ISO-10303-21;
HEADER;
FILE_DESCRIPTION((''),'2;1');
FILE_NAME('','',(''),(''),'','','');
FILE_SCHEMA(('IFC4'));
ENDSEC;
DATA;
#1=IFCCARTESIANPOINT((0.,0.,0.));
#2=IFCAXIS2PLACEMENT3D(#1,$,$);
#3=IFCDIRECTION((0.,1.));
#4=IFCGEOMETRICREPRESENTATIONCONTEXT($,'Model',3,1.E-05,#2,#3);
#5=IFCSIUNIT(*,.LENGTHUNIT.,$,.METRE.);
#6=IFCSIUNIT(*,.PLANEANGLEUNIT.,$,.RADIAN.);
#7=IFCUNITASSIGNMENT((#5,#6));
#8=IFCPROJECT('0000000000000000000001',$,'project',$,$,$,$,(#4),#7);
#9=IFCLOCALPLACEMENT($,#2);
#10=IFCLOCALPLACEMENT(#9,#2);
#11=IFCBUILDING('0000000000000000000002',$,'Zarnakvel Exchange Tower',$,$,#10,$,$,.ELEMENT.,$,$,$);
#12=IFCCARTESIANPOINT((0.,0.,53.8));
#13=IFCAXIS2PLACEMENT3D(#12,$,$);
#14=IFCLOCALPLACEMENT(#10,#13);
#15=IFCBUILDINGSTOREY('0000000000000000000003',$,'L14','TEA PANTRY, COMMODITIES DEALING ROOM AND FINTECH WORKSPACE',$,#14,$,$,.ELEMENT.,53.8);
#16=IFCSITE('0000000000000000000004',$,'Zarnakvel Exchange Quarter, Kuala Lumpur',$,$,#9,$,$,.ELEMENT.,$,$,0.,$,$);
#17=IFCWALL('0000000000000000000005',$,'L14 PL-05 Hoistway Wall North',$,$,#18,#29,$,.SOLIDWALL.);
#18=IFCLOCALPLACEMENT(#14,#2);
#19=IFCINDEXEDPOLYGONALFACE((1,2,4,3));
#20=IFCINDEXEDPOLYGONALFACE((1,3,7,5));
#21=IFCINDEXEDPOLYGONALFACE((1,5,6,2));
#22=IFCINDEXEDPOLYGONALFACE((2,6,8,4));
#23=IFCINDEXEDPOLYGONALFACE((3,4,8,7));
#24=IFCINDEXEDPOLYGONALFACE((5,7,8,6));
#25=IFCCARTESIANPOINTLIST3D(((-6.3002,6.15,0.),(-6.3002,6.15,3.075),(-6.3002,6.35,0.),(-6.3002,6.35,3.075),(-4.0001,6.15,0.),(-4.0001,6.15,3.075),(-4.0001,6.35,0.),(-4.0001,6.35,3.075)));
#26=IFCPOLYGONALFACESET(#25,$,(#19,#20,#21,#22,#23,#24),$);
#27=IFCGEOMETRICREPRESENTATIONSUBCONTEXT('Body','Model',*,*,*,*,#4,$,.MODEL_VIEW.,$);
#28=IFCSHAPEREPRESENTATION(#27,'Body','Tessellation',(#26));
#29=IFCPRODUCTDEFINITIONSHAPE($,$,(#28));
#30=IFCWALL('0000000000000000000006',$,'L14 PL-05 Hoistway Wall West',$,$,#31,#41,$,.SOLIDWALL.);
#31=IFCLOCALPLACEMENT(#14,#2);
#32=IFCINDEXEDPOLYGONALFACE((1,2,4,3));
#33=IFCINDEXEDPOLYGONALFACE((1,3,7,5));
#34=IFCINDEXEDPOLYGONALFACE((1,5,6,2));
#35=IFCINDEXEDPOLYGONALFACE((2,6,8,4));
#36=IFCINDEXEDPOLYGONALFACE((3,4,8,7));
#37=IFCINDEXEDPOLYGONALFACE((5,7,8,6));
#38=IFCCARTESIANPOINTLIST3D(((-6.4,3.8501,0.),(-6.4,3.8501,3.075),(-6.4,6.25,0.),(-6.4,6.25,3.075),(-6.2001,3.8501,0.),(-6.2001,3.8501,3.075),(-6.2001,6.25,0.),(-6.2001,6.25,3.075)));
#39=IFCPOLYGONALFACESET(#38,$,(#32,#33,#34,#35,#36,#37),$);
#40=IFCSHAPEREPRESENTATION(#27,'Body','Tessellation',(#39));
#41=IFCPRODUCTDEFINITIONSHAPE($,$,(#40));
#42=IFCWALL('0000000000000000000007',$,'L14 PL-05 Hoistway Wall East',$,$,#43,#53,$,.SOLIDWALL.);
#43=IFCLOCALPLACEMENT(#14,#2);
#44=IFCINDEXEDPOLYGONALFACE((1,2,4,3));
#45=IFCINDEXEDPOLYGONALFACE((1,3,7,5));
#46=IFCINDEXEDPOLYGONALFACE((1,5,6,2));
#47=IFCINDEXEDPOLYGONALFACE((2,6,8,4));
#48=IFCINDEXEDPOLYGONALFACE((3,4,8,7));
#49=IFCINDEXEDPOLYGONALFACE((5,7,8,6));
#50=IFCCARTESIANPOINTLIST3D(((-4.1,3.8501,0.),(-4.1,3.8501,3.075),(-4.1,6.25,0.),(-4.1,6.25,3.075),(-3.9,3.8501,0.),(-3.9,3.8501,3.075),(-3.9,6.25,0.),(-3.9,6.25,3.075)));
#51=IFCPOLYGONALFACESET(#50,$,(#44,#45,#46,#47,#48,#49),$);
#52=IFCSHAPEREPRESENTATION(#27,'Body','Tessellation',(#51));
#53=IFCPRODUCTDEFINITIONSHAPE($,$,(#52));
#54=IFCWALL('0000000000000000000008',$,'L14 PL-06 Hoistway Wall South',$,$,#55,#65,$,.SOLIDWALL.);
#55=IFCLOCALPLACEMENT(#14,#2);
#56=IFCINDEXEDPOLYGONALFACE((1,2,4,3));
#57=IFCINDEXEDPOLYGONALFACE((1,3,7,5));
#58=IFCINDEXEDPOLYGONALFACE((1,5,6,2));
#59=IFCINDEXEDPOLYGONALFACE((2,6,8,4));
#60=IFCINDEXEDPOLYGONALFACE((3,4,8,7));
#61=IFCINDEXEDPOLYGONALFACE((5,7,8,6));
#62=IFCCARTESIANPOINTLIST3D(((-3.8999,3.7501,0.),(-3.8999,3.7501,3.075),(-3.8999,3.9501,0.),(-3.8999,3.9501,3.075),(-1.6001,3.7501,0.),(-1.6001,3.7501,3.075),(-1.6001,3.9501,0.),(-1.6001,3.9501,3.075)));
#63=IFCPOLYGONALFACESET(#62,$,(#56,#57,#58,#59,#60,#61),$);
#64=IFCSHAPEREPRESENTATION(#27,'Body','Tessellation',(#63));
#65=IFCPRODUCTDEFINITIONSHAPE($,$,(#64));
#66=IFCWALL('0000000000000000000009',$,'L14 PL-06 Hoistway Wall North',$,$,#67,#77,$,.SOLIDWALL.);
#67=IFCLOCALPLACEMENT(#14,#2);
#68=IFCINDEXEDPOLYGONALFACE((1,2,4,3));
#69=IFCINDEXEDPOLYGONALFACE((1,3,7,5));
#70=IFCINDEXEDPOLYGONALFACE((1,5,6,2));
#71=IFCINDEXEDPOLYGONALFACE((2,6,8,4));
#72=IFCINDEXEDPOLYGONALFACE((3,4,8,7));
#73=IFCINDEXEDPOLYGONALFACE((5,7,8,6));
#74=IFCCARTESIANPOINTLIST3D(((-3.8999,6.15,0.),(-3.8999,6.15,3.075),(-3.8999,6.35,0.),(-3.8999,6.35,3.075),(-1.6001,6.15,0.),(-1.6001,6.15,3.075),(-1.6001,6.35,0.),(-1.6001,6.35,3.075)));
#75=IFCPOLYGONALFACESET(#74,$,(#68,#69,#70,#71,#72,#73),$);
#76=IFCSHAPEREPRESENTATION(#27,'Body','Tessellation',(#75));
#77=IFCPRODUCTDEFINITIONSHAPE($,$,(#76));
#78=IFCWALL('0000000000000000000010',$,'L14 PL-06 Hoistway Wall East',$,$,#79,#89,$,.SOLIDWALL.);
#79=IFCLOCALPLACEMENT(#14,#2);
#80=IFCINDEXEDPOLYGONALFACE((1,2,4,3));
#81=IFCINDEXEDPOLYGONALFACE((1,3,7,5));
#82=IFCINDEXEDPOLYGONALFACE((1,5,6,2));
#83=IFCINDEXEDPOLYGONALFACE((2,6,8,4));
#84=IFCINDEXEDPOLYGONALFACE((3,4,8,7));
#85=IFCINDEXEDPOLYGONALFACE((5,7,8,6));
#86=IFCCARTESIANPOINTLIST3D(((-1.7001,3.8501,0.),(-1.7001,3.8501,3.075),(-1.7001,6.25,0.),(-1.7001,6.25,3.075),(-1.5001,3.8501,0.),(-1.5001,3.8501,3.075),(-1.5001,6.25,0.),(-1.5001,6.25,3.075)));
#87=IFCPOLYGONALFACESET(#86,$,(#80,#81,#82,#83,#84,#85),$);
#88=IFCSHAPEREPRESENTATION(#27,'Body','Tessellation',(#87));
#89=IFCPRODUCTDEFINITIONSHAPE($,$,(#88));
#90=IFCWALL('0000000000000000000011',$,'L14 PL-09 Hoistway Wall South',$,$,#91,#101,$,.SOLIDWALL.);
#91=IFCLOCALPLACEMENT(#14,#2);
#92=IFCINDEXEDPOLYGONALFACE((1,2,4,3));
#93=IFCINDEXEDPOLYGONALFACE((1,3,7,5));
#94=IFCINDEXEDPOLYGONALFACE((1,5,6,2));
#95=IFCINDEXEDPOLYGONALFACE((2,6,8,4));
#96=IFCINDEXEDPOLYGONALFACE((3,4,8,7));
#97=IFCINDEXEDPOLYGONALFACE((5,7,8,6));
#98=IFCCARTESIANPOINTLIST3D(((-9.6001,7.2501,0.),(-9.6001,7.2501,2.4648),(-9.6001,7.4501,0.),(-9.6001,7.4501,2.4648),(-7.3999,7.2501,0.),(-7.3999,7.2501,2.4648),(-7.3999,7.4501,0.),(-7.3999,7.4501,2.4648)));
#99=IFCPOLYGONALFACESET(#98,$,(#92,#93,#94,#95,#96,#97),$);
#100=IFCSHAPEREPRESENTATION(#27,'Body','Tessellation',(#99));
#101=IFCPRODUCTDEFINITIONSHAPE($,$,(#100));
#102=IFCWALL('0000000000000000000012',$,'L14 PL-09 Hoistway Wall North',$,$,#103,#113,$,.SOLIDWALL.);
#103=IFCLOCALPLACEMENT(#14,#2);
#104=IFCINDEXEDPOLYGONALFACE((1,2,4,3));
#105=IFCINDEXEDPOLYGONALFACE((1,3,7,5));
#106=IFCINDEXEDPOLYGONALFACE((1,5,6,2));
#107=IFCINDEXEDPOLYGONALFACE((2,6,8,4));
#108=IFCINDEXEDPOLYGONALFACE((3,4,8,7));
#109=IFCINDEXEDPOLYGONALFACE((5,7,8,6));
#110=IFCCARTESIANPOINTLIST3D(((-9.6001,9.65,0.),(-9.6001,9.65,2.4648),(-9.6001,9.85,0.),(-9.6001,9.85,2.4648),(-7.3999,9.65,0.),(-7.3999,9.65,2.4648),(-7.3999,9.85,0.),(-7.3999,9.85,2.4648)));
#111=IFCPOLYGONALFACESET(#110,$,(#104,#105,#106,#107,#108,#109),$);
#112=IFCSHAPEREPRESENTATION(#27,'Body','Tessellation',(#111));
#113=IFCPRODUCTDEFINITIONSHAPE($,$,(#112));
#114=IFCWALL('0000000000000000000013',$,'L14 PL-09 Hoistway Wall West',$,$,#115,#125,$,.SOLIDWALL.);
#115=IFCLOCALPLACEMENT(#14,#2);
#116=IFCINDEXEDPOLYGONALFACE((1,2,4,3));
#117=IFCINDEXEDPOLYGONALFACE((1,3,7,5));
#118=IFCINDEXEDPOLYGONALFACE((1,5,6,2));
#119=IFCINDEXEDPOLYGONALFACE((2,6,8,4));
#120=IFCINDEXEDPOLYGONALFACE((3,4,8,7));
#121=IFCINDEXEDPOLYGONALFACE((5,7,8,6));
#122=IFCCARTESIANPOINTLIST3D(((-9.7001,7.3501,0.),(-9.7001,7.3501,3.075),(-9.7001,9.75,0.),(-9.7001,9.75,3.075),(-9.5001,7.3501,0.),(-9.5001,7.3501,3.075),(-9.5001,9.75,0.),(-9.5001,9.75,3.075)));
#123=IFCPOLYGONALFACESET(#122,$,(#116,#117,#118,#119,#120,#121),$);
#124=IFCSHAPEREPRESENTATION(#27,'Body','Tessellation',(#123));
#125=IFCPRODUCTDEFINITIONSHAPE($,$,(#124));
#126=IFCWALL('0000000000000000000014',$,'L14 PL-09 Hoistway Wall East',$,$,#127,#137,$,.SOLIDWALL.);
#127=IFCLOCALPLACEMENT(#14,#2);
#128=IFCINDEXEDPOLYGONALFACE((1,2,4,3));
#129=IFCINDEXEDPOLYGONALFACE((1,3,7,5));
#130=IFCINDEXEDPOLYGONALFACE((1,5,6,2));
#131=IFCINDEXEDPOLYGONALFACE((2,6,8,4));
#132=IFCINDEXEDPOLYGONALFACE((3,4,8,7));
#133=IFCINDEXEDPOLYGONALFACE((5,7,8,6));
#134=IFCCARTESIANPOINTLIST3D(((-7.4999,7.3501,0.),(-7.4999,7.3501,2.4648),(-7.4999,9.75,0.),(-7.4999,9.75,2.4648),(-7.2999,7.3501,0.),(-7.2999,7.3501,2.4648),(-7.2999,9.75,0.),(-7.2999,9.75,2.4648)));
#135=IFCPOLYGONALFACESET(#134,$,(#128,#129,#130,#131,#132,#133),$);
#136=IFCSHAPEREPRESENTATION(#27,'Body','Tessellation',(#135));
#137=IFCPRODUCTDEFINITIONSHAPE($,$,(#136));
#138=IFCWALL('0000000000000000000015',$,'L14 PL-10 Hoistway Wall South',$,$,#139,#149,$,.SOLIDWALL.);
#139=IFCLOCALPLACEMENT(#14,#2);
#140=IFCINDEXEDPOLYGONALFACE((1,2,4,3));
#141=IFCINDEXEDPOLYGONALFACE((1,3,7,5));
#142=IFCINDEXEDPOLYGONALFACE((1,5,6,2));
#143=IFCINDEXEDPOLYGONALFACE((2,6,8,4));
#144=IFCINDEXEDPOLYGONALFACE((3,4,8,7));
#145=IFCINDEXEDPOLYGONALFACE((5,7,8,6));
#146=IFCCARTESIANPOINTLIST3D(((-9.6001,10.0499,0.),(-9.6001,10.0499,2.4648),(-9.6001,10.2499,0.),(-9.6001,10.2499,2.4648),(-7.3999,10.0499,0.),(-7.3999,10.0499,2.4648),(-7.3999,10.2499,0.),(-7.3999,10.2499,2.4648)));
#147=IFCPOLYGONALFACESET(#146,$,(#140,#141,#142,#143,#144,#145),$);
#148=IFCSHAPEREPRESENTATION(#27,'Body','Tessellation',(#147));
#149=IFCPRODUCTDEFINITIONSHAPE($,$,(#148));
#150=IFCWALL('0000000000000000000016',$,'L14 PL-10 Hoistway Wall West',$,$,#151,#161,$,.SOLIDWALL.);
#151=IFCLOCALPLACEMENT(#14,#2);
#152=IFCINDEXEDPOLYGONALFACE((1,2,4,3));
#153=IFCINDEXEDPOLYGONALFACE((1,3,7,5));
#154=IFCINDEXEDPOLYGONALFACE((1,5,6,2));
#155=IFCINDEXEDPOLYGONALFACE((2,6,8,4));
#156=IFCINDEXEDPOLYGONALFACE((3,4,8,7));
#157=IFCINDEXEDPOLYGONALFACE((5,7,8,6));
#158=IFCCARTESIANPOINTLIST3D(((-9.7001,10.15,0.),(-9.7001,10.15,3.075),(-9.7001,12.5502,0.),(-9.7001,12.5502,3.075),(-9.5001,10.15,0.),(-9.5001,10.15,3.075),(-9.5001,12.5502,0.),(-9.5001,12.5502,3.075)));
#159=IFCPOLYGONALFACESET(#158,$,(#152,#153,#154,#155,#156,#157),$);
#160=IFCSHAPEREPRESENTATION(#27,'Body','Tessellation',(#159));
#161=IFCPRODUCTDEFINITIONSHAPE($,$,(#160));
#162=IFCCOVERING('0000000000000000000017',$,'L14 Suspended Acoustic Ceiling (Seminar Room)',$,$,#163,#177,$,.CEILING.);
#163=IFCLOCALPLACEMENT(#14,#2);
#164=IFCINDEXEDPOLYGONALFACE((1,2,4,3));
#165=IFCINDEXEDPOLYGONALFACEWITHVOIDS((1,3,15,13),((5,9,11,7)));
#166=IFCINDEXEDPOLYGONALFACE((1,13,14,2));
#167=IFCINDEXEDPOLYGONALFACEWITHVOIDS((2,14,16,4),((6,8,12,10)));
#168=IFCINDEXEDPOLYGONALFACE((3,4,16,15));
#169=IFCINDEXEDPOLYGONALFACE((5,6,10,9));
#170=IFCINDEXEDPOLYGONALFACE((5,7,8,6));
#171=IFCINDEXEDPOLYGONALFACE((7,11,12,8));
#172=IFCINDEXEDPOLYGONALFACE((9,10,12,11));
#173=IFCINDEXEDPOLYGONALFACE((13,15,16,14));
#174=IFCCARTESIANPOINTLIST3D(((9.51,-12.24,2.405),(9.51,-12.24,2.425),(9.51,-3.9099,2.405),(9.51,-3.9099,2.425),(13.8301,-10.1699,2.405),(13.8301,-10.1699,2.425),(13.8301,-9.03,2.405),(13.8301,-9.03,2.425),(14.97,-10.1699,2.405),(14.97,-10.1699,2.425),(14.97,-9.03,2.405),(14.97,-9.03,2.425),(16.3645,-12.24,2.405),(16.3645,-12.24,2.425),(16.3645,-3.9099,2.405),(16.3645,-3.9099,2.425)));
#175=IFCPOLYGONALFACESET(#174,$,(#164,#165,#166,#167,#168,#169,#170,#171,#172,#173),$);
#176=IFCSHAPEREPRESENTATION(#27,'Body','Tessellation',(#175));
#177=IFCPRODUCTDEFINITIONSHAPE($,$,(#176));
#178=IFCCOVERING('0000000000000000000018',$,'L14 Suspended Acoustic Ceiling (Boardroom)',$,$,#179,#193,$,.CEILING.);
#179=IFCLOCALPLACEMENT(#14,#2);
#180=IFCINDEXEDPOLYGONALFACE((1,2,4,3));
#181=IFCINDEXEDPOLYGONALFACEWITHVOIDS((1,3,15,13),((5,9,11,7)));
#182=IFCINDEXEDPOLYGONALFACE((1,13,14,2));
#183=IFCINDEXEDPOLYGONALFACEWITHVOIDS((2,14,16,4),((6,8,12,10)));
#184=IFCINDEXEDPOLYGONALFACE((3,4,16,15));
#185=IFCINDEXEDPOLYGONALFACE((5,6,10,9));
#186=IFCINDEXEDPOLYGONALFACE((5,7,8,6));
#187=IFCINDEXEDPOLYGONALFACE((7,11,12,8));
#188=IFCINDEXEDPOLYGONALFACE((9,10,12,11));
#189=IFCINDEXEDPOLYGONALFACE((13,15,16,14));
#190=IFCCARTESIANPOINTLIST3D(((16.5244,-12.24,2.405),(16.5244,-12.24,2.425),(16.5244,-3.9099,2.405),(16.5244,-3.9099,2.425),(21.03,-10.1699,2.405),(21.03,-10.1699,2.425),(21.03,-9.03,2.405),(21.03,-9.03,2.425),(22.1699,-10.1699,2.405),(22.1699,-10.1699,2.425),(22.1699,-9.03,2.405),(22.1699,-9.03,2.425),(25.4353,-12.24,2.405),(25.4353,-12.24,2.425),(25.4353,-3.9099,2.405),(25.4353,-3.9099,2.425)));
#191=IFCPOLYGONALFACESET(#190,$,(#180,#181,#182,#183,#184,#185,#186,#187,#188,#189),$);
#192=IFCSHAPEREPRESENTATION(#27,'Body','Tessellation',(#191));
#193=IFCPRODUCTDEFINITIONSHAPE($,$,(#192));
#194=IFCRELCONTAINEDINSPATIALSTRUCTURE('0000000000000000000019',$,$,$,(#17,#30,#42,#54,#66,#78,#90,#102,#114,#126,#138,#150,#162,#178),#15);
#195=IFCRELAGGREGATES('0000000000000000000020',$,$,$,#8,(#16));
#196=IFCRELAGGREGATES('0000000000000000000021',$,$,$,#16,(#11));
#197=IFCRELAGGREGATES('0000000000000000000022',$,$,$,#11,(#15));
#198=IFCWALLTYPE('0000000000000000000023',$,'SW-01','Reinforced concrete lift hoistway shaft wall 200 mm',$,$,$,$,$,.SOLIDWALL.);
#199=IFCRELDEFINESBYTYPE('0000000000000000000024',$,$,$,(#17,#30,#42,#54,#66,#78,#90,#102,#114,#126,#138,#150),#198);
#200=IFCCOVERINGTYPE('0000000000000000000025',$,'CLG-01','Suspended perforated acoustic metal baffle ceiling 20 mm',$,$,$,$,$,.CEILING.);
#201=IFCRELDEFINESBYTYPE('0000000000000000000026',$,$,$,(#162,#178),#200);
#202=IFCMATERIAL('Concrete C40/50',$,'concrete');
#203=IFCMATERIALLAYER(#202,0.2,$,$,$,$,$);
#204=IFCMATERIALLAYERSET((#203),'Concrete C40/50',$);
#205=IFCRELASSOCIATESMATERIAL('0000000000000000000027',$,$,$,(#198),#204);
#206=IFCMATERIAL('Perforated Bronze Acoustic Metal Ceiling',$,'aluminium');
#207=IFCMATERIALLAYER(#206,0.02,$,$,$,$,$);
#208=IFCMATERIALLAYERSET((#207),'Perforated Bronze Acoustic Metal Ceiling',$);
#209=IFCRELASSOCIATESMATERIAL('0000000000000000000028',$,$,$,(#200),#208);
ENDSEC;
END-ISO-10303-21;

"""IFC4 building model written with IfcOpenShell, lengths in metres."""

from ifc_helpers import new_model, si_unit, direction, frame, frame_2d, origin, place, context, subcontext, project, spatial, polyline, rectangle, outline, extrude, material, layer, layer_set, type_object, element, save


model = new_model("IFC4")

# Units and contexts
model_context = context("Model", 3, precision=1e-05, world=origin(), true_north=direction((0.0, 1.0)))
body_context = subcontext(model_context, "Body", "Model", "MODEL_VIEW")
ifc_project = project(units=[si_unit("LENGTHUNIT", "METRE"), si_unit("PLANEANGLEUNIT", "RADIAN")], contexts=[model_context])

# Site, building, storey
site_placement = place(None, origin())
site = spatial("IfcSite", under=ifc_project, at=site_placement, Name="Zarnakvel Exchange Quarter, Kuala Lumpur", CompositionType="ELEMENT", RefElevation=0.0)
building_placement = place(site_placement, origin())
building = spatial("IfcBuilding", under=site, at=building_placement, Name="Zarnakvel Exchange Tower", CompositionType="ELEMENT")
storey_placement = place(building_placement, frame((0.0, 0.0, 53.8)))
storey = spatial("IfcBuildingStorey", under=building, at=storey_placement, Name="L14", Description="TEA PANTRY, COMMODITIES DEALING ROOM AND FINTECH WORKSPACE", CompositionType="ELEMENT", Elevation=53.8)

# Shared definitions
ifc_material_1 = material(Name="Concrete C40/50", Category="concrete")
ifc_layer_1 = layer(ifc_material_1, 0.2)
ifc_layer_set_1 = layer_set([ifc_layer_1], Name="Concrete C40/50")
wall_type_1 = type_object("IfcWallType", Name="SW-01", Description="Reinforced concrete lift hoistway shaft wall 200 mm", PredefinedType="SOLIDWALL", material=ifc_layer_set_1)

# Walls
for number, where, z_axis, x_axis, name in (
    (1, (-6.3, 6.25, 0.0), (0.0, 0.0, 1.0), (1.0, 0.0, 0.0), "L14 PL-05 Hoistway Wall North"),
):
    element("IfcWall", number, at=place(storey_placement, frame(where, z_axis=z_axis, x_axis=x_axis)), inside=storey, type_object=wall_type_1, Name=name, PredefinedType="SOLIDWALL", context=body_context, shape_type="SweptSolid", body=[
        extrude(rectangle(XDim=2.3, YDim=0.2, at=frame_2d((1.1499, 0.0))), origin(), (0.0, 0.0, 1.0), 3.075),
    ])
for number, where, z_axis, x_axis, name in (
    (2, (-6.3, 3.8501, 0.0), (0.0, 0.0, 1.0), (0.0, 1.0, 0.0), "L14 PL-05 Hoistway Wall West"),
    (3, (-4.0, 6.25, 0.0), (0.0, 0.0, 1.0), (0.0, -1.0, 0.0), "L14 PL-05 Hoistway Wall East"),
):
    element("IfcWall", number, at=place(storey_placement, frame(where, z_axis=z_axis, x_axis=x_axis)), inside=storey, type_object=wall_type_1, Name=name, PredefinedType="SOLIDWALL", context=body_context, shape_type="SweptSolid", body=[
        extrude(rectangle(XDim=2.3999, YDim=0.2, at=frame_2d((1.2, 0.0))), origin(), (0.0, 0.0, 1.0), 3.075),
    ])
for number, where, z_axis, x_axis, name in (
    (4, (-1.6001, 3.8501, 0.0), (0.0, 0.0, 1.0), (-1.0, 0.0, 0.0), "L14 PL-06 Hoistway Wall South"),
    (5, (-3.8999, 6.25, 0.0), (0.0, 0.0, 1.0), (1.0, 0.0, 0.0), "L14 PL-06 Hoistway Wall North"),
):
    element("IfcWall", number, at=place(storey_placement, frame(where, z_axis=z_axis, x_axis=x_axis)), inside=storey, type_object=wall_type_1, Name=name, PredefinedType="SOLIDWALL", context=body_context, shape_type="SweptSolid", body=[
        extrude(rectangle(XDim=2.2998, YDim=0.2, at=frame_2d((1.1499, 0.0))), origin(), (0.0, 0.0, 1.0), 3.075),
    ])
wall_1_placement = place(storey_placement, frame((-1.6001, 6.25, 0.0), z_axis=(0.0, 0.0, 1.0), x_axis=(0.0, -1.0, 0.0)))
element("IfcWall", 6, at=wall_1_placement, inside=storey, type_object=wall_type_1, Name="L14 PL-06 Hoistway Wall East", PredefinedType="SOLIDWALL", context=body_context, shape_type="SweptSolid", body=[
    extrude(rectangle(XDim=2.3999, YDim=0.2, at=frame_2d((1.2, 0.0))), origin(), (0.0, 0.0, 1.0), 3.075),
])
for number, where, z_axis, x_axis, name in (
    (7, (-7.3999, 7.3501, 0.0), (0.0, 0.0, 1.0), (-1.0, 0.0, 0.0), "L14 PL-09 Hoistway Wall South"),
    (8, (-9.6001, 9.75, 0.0), (0.0, 0.0, 1.0), (1.0, 0.0, 0.0), "L14 PL-09 Hoistway Wall North"),
):
    element("IfcWall", number, at=place(storey_placement, frame(where, z_axis=z_axis, x_axis=x_axis)), inside=storey, type_object=wall_type_1, Name=name, PredefinedType="SOLIDWALL", context=body_context, shape_type="SweptSolid", body=[
        extrude(rectangle(XDim=2.2002, YDim=0.2, at=frame_2d((1.1001, 0.0))), origin(), (0.0, 0.0, 1.0), 2.4648),
    ])
wall_2_placement = place(storey_placement, frame((-9.6001, 7.3501, 0.0), z_axis=(0.0, 0.0, 1.0), x_axis=(0.0, 1.0, 0.0)))
element("IfcWall", 9, at=wall_2_placement, inside=storey, type_object=wall_type_1, Name="L14 PL-09 Hoistway Wall West", PredefinedType="SOLIDWALL", context=body_context, shape_type="SweptSolid", body=[
    extrude(rectangle(XDim=2.3999, YDim=0.2, at=frame_2d((1.2, 0.0))), origin(), (0.0, 0.0, 1.0), 3.075),
])
wall_3_placement = place(storey_placement, frame((-7.3999, 9.75, 0.0), z_axis=(0.0, 0.0, 1.0), x_axis=(0.0, -1.0, 0.0)))
element("IfcWall", 10, at=wall_3_placement, inside=storey, type_object=wall_type_1, Name="L14 PL-09 Hoistway Wall East", PredefinedType="SOLIDWALL", context=body_context, shape_type="SweptSolid", body=[
    extrude(rectangle(XDim=2.3999, YDim=0.2, at=frame_2d((1.2, 0.0))), origin(), (0.0, 0.0, 1.0), 2.4648),
])
wall_4_placement = place(storey_placement, frame((-7.3999, 10.1499, 0.0), z_axis=(0.0, 0.0, 1.0), x_axis=(-1.0, 0.0, 0.0)))
element("IfcWall", 11, at=wall_4_placement, inside=storey, type_object=wall_type_1, Name="L14 PL-10 Hoistway Wall South", PredefinedType="SOLIDWALL", context=body_context, shape_type="SweptSolid", body=[
    extrude(rectangle(XDim=2.2002, YDim=0.2, at=frame_2d((1.1001, 0.0))), origin(), (0.0, 0.0, 1.0), 2.4648),
])
wall_5_placement = place(storey_placement, frame((-9.6001, 10.1499, 0.0), z_axis=(0.0, 0.0, 1.0), x_axis=(0.0, 1.0, 0.0)))
element("IfcWall", 12, at=wall_5_placement, inside=storey, type_object=wall_type_1, Name="L14 PL-10 Hoistway Wall West", PredefinedType="SOLIDWALL", context=body_context, shape_type="SweptSolid", body=[
    extrude(rectangle(XDim=2.4001, YDim=0.2, at=frame_2d((1.2002, 0.0))), origin(), (0.0, 0.0, 1.0), 3.075),
])

# Coverings
ifc_material_2 = material(Name="Perforated Bronze Acoustic Metal Ceiling", Category="aluminium")
ifc_layer_2 = layer(ifc_material_2, 0.02)
ifc_layer_set_2 = layer_set([ifc_layer_2], Name="Perforated Bronze Acoustic Metal Ceiling")
covering_type_1 = type_object("IfcCoveringType", Name="CLG-01", Description="Suspended perforated acoustic metal baffle ceiling 20 mm", PredefinedType="CEILING", material=ifc_layer_set_2)
covering_1_placement = place(storey_placement, frame((0.0, 0.0, 2.405)))
element("IfcCovering", 13, at=covering_1_placement, inside=storey, type_object=covering_type_1, Name="L14 Suspended Acoustic Ceiling (Seminar Room)", PredefinedType="CEILING", context=body_context, shape_type="SweptSolid", body=[
    extrude(outline(polyline([(9.51, -3.9099), (16.3645, -3.9099), (16.3645, -12.24), (9.51, -12.24), (9.51, -3.9099)]), holes=[polyline([(13.8301, -10.1699), (14.97, -10.1699), (14.97, -9.03), (13.8301, -9.03), (13.8301, -10.1699)])]), origin(), (0.0, 0.0, 1.0), 0.02),
])
covering_2_placement = place(storey_placement, frame((0.0, 0.0, 2.405)))
element("IfcCovering", 14, at=covering_2_placement, inside=storey, type_object=covering_type_1, Name="L14 Suspended Acoustic Ceiling (Boardroom)", PredefinedType="CEILING", context=body_context, shape_type="SweptSolid", body=[
    extrude(outline(polyline([(16.5244, -3.9099), (25.4353, -3.9099), (25.4353, -12.24), (16.5244, -12.24), (16.5244, -3.9099)]), holes=[polyline([(22.1699, -10.1699), (22.1699, -9.03), (21.03, -9.03), (21.03, -10.1699), (22.1699, -10.1699)])]), origin(), (0.0, 0.0, 1.0), 0.02),
])

save(model, "model.ifc")
